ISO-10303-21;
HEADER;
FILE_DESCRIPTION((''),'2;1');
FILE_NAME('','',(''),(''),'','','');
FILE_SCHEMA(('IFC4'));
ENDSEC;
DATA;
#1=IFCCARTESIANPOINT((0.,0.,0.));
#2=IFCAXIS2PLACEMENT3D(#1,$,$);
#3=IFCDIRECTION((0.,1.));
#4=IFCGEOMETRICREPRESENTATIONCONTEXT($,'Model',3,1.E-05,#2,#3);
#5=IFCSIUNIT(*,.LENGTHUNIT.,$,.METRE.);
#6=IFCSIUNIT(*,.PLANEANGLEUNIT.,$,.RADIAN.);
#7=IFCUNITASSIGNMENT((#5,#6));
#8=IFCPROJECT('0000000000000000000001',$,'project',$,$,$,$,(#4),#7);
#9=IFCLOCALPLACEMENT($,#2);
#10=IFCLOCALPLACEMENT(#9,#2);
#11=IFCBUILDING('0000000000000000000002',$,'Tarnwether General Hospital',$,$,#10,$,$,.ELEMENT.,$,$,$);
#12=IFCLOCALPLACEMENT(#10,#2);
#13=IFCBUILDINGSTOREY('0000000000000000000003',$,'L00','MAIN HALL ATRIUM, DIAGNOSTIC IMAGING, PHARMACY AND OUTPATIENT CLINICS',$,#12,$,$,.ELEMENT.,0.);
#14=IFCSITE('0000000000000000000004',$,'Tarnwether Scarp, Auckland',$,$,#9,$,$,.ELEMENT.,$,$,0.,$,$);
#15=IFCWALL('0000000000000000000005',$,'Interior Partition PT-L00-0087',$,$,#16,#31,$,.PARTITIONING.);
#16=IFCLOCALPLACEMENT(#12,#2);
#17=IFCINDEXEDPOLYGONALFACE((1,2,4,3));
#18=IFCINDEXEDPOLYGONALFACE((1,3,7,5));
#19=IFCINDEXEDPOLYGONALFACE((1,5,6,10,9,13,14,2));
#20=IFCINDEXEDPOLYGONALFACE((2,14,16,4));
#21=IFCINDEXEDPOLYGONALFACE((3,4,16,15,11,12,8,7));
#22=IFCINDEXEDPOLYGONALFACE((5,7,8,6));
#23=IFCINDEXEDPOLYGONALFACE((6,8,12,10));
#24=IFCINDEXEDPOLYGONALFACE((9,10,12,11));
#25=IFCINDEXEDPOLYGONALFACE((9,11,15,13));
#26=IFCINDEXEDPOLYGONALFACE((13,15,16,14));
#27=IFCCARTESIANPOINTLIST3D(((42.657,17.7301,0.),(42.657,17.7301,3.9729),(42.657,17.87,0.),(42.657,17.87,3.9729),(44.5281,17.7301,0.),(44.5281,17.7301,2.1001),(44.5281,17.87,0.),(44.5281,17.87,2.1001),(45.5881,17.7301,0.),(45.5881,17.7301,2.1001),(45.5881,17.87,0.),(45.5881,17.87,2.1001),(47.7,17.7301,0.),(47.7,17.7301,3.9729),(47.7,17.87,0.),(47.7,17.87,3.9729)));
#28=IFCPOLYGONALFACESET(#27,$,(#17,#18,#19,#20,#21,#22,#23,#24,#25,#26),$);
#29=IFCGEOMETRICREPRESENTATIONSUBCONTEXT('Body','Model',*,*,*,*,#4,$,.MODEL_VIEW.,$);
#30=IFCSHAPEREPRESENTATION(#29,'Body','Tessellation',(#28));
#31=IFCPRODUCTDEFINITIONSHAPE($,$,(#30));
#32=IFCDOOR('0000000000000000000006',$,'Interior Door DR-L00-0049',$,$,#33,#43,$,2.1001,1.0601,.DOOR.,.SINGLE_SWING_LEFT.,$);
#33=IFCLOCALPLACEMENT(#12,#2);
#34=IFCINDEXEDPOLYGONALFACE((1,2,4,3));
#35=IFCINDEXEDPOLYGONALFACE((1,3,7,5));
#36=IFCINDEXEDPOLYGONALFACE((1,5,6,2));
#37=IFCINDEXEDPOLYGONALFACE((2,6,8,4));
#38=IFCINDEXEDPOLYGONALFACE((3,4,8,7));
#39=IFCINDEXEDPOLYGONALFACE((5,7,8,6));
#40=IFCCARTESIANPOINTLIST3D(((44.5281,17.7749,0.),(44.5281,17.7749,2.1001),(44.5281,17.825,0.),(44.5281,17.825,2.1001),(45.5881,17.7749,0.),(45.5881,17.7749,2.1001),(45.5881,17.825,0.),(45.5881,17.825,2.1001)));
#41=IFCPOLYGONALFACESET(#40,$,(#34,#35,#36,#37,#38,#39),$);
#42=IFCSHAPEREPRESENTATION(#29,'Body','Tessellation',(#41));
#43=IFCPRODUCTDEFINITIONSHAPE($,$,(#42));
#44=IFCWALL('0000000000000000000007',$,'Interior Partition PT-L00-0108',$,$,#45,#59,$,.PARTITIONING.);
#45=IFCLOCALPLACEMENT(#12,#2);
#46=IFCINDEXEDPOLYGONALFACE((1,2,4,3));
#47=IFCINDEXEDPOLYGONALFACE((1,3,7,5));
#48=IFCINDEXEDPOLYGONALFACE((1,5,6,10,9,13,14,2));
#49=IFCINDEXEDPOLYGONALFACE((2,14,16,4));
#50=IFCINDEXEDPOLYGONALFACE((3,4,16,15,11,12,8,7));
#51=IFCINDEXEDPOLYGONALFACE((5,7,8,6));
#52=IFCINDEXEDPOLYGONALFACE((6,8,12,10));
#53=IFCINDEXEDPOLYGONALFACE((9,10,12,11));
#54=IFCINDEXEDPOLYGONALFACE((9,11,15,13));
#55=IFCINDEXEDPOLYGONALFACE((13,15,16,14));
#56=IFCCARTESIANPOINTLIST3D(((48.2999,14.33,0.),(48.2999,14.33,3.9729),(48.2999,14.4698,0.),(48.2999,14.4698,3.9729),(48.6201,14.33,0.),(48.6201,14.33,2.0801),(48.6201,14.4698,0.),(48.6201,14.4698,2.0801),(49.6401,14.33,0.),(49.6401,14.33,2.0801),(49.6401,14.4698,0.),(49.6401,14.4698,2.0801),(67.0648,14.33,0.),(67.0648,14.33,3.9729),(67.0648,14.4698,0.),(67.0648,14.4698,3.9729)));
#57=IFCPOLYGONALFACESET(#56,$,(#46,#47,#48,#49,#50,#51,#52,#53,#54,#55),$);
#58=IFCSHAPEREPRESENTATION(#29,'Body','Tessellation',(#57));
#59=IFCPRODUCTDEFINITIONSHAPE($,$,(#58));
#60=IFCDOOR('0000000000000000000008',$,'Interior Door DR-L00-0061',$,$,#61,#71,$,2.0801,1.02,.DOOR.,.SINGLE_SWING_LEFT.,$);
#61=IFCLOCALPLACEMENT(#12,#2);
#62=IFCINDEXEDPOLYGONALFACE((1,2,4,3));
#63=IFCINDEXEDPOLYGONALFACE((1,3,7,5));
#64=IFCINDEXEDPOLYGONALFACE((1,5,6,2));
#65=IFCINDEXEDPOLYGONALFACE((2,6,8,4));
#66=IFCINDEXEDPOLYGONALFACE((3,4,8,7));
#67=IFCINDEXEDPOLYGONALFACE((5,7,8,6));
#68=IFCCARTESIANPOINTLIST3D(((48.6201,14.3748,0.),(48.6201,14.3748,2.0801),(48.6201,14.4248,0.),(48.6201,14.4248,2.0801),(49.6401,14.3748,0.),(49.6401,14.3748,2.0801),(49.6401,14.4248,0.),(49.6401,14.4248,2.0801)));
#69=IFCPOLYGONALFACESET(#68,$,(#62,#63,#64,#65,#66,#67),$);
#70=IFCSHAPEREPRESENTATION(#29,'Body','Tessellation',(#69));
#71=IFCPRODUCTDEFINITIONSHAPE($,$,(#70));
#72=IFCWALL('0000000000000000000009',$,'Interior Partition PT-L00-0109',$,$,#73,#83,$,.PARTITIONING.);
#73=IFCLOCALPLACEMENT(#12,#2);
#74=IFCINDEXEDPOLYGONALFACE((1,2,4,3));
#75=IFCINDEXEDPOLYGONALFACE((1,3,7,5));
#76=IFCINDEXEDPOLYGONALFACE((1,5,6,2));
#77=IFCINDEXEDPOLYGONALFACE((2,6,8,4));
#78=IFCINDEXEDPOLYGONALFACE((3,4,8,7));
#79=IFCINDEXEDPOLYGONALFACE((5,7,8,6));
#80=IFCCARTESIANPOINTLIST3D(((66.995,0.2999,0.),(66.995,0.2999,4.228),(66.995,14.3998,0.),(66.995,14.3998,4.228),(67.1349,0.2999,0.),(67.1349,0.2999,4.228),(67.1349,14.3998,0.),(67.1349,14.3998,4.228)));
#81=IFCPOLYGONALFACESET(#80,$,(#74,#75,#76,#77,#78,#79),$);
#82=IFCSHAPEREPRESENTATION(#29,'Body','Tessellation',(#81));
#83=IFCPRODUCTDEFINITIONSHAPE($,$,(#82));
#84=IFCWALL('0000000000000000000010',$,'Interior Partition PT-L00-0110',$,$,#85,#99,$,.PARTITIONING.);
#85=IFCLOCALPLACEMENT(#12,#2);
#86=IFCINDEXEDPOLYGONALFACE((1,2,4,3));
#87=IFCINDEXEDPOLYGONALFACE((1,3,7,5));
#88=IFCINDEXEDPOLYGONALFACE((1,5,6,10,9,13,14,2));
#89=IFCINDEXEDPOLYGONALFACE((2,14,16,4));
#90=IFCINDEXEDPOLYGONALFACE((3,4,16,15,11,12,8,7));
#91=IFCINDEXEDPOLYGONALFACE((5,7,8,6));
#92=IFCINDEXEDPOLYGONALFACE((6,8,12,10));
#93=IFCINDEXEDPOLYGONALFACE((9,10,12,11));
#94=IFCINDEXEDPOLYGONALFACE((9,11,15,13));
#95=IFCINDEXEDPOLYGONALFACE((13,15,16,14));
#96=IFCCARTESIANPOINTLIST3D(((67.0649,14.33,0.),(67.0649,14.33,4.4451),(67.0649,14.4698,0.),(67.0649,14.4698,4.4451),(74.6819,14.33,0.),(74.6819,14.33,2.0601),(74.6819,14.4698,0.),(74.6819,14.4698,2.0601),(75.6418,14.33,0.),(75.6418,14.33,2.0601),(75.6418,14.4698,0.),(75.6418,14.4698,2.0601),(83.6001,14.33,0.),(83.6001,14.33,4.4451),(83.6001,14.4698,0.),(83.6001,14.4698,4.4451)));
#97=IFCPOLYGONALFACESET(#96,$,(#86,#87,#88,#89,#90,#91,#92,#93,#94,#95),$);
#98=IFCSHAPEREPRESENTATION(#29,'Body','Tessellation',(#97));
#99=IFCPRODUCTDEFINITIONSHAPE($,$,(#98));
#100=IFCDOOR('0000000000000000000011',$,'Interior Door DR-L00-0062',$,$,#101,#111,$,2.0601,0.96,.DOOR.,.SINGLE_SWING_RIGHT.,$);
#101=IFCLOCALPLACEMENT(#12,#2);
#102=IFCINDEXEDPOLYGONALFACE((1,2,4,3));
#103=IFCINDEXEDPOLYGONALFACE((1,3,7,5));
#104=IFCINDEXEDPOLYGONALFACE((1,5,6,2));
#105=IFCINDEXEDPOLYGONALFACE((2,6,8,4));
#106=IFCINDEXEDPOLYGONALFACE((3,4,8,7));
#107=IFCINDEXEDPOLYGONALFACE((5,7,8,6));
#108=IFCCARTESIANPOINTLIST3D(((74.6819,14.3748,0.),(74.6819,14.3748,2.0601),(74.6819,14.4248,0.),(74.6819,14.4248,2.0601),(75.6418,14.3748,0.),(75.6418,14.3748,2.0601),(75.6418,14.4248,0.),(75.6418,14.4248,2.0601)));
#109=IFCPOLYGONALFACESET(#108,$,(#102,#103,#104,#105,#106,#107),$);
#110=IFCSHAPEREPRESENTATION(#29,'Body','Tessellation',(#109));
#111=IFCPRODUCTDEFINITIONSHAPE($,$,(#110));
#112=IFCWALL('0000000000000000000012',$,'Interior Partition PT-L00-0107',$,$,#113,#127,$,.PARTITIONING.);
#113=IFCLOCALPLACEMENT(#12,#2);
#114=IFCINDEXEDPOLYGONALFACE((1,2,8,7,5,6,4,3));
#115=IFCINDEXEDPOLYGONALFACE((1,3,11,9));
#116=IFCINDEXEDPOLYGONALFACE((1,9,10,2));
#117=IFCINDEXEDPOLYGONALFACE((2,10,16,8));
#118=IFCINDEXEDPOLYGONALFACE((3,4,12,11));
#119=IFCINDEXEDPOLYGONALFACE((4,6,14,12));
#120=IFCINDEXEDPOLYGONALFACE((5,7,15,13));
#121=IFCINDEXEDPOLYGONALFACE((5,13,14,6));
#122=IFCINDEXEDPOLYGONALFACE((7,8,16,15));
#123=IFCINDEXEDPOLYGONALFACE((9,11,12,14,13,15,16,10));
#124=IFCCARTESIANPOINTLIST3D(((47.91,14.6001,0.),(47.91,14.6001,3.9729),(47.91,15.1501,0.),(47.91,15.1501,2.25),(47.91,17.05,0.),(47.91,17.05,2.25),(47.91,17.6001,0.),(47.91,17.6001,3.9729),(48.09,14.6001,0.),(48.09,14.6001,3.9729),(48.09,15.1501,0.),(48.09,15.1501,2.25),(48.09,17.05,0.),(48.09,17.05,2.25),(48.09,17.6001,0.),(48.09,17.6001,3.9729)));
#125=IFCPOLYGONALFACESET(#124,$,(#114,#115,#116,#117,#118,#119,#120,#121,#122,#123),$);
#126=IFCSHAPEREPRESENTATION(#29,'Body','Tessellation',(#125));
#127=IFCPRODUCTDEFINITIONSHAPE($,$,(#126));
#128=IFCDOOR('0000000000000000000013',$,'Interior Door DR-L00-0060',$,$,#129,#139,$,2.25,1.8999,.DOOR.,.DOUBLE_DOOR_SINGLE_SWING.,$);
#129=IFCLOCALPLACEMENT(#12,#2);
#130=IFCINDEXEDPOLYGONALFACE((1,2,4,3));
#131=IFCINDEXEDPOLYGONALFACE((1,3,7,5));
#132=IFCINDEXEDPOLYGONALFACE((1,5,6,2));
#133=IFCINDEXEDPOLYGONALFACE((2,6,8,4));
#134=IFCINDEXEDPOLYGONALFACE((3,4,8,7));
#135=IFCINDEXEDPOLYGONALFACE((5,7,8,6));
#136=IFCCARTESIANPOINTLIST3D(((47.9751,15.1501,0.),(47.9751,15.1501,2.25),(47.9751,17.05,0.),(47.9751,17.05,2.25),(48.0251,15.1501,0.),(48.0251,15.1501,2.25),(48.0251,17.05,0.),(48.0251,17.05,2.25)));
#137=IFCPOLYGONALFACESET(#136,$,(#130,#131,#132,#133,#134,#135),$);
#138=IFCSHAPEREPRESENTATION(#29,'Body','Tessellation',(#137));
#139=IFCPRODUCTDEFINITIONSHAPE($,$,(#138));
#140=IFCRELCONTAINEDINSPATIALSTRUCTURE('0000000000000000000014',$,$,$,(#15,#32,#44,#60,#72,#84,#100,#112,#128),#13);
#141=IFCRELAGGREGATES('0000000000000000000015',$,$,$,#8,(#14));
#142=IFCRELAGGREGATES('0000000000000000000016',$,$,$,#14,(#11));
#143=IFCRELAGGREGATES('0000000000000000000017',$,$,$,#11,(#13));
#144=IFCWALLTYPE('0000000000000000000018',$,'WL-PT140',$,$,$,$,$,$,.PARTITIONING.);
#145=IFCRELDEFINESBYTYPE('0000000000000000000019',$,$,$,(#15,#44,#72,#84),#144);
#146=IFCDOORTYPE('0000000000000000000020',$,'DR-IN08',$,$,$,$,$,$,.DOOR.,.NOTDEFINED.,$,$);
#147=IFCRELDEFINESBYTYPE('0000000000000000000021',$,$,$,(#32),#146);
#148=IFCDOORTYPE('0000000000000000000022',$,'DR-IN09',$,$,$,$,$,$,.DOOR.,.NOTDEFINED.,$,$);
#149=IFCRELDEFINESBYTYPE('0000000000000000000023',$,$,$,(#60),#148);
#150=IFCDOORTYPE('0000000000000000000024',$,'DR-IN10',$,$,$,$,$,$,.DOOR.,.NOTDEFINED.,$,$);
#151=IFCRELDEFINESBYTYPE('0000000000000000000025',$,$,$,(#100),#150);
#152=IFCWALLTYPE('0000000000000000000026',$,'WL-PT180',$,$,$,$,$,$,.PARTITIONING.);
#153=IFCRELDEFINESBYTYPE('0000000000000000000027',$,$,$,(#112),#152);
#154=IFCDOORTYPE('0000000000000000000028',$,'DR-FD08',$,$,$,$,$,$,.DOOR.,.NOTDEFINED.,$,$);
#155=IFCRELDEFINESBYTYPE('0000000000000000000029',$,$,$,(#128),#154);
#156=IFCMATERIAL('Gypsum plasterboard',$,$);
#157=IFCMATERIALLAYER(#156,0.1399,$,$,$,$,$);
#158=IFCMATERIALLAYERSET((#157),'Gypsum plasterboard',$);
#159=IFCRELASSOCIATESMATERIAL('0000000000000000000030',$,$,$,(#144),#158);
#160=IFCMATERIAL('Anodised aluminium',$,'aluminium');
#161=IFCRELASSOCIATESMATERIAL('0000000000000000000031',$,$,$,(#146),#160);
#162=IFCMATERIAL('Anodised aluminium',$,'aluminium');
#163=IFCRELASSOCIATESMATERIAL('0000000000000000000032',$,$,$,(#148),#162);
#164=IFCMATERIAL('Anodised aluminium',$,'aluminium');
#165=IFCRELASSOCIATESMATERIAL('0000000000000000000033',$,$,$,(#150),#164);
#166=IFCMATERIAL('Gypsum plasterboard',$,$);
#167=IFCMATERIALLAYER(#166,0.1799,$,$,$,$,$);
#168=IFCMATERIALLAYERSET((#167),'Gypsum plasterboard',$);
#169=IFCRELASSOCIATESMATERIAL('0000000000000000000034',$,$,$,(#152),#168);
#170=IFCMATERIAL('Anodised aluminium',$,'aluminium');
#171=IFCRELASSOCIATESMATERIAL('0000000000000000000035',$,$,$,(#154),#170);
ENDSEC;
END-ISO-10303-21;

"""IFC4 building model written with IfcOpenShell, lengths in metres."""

from ifc_helpers import new_model, si_unit, direction, frame, frame_2d, origin, place, context, subcontext, project, spatial, rectangle, extrude, material, layer, layer_set, type_object, element, fill, save


model = new_model("IFC4")

# Units and contexts
model_context = context("Model", 3, precision=1e-05, world=origin(), true_north=direction((0.0, 1.0)))
body_context = subcontext(model_context, "Body", "Model", "MODEL_VIEW")
ifc_project = project(units=[si_unit("LENGTHUNIT", "METRE"), si_unit("PLANEANGLEUNIT", "RADIAN")], contexts=[model_context])

# Site, building, storey
site_placement = place(None, origin())
site = spatial("IfcSite", under=ifc_project, at=site_placement, Name="Tarnwether Scarp, Auckland", CompositionType="ELEMENT", RefElevation=0.0)
building_placement = place(site_placement, origin())
building = spatial("IfcBuilding", under=site, at=building_placement, Name="Tarnwether General Hospital", CompositionType="ELEMENT")
storey_placement = place(building_placement, origin())
storey = spatial("IfcBuildingStorey", under=building, at=storey_placement, Name="L00", Description="MAIN HALL ATRIUM, DIAGNOSTIC IMAGING, PHARMACY AND OUTPATIENT CLINICS", CompositionType="ELEMENT", Elevation=0.0)

# Shared definitions
ifc_material_1 = material(Name="Gypsum plasterboard")
ifc_layer_1 = layer(ifc_material_1, 0.1399)
ifc_layer_set_1 = layer_set([ifc_layer_1], Name="Gypsum plasterboard")
wall_type_1 = type_object("IfcWallType", Name="WL-PT140", PredefinedType="PARTITIONING", material=ifc_layer_set_1)

# Walls, openings, doors
wall_1_placement = place(storey_placement, frame((42.657, 17.8, 0.0), z_axis=(0.0, 0.0, 1.0), x_axis=(1.0, 0.0, 0.0)))
wall_1 = element("IfcWall", 1, at=wall_1_placement, inside=storey, type_object=wall_type_1, Name="Interior Partition PT-L00-0087", PredefinedType="PARTITIONING", context=body_context, shape_type="SweptSolid", body=[
    extrude(rectangle(XDim=5.043, YDim=0.1399, at=frame_2d((2.5215, 0.0))), origin(), (0.0, 0.0, 1.0), 3.9729),
])
opening_1_placement = place(wall_1_placement, frame((1.8711, 0.0, 0.0)))
opening_1 = element("IfcOpeningElement", 2, at=opening_1_placement, cuts=wall_1, PredefinedType="OPENING", context=body_context, shape_type="SweptSolid", body=[
    extrude(rectangle(XDim=1.0601, YDim=2.1001, at=frame_2d((0.53, 1.05))), frame((0.0, 0.0801, 0.0), z_axis=(0.0, -1.0, 0.0), x_axis=(1.0, 0.0, 0.0)), (0.0, 0.0, 1.0), 0.1599),
])
ifc_material_2 = material(Name="Anodised aluminium", Category="aluminium")
door_type_1 = type_object("IfcDoorType", Name="DR-IN08", OperationType="NOTDEFINED", PredefinedType="DOOR", material=ifc_material_2)
door_1_placement = place(opening_1_placement, origin())
door_1 = element("IfcDoor", 3, at=door_1_placement, inside=storey, type_object=door_type_1, Name="Interior Door DR-L00-0049", OperationType="SINGLE_SWING_LEFT", OverallHeight=2.1001, OverallWidth=1.0601, PredefinedType="DOOR", context=body_context, shape_type="SweptSolid", body=[
    extrude(rectangle(XDim=1.0601, YDim=2.1001, at=frame_2d((0.53, 1.05))), frame((0.0, 0.0249, 0.0), z_axis=(0.0, -1.0, 0.0), x_axis=(1.0, 0.0, 0.0)), (0.0, 0.0, 1.0), 0.05),
])
fill(opening_1, door_1)
wall_2_placement = place(storey_placement, frame((48.3, 14.3999, 0.0), z_axis=(0.0, 0.0, 1.0), x_axis=(1.0, 0.0, 0.0)))
wall_2 = element("IfcWall", 4, at=wall_2_placement, inside=storey, type_object=wall_type_1, Name="Interior Partition PT-L00-0108", PredefinedType="PARTITIONING", context=body_context, shape_type="SweptSolid", body=[
    extrude(rectangle(XDim=18.7649, YDim=0.1399, at=frame_2d((9.3823, 0.0))), origin(), (0.0, 0.0, 1.0), 3.9729),
])
opening_2_placement = place(wall_2_placement, frame((0.3201, 0.0, 0.0)))
opening_2 = element("IfcOpeningElement", 5, at=opening_2_placement, cuts=wall_2, PredefinedType="OPENING", context=body_context, shape_type="SweptSolid", body=[
    extrude(rectangle(XDim=1.02, YDim=2.0801, at=frame_2d((0.51, 1.04))), frame((0.0, 0.0801, 0.0), z_axis=(0.0, -1.0, 0.0), x_axis=(1.0, 0.0, 0.0)), (0.0, 0.0, 1.0), 0.1599),
])
ifc_material_3 = material(Name="Anodised aluminium", Category="aluminium")
door_type_2 = type_object("IfcDoorType", Name="DR-IN09", OperationType="NOTDEFINED", PredefinedType="DOOR", material=ifc_material_3)
door_2_placement = place(opening_2_placement, origin())
door_2 = element("IfcDoor", 6, at=door_2_placement, inside=storey, type_object=door_type_2, Name="Interior Door DR-L00-0061", OperationType="SINGLE_SWING_LEFT", OverallHeight=2.0801, OverallWidth=1.02, PredefinedType="DOOR", context=body_context, shape_type="SweptSolid", body=[
    extrude(rectangle(XDim=1.02, YDim=2.0801, at=frame_2d((0.51, 1.04))), frame((0.0, 0.0249, 0.0), z_axis=(0.0, -1.0, 0.0), x_axis=(1.0, 0.0, 0.0)), (0.0, 0.0, 1.0), 0.05),
])
fill(opening_2, door_2)

# Wall
wall_3_placement = place(storey_placement, frame((67.0649, 0.3, 0.0), z_axis=(0.0, 0.0, 1.0), x_axis=(0.0, 1.0, 0.0)))
element("IfcWall", 7, at=wall_3_placement, inside=storey, type_object=wall_type_1, Name="Interior Partition PT-L00-0109", PredefinedType="PARTITIONING", context=body_context, shape_type="SweptSolid", body=[
    extrude(rectangle(XDim=14.0999, YDim=0.1399, at=frame_2d((7.0498, 0.0))), origin(), (0.0, 0.0, 1.0), 4.228),
])

# Walls, openings, doors
wall_4_placement = place(storey_placement, frame((67.0649, 14.3999, 0.0), z_axis=(0.0, 0.0, 1.0), x_axis=(1.0, 0.0, 0.0)))
wall_4 = element("IfcWall", 8, at=wall_4_placement, inside=storey, type_object=wall_type_1, Name="Interior Partition PT-L00-0110", PredefinedType="PARTITIONING", context=body_context, shape_type="SweptSolid", body=[
    extrude(rectangle(XDim=16.5352, YDim=0.1399, at=frame_2d((8.2676, 0.0))), origin(), (0.0, 0.0, 1.0), 4.4451),
])
opening_3_placement = place(wall_4_placement, frame((7.6169, 0.0, 0.0)))
opening_3 = element("IfcOpeningElement", 9, at=opening_3_placement, cuts=wall_4, PredefinedType="OPENING", context=body_context, shape_type="SweptSolid", body=[
    extrude(rectangle(XDim=0.96, YDim=2.0601, at=frame_2d((0.48, 1.03))), frame((0.0, 0.0801, 0.0), z_axis=(0.0, -1.0, 0.0), x_axis=(1.0, 0.0, 0.0)), (0.0, 0.0, 1.0), 0.1599),
])
ifc_material_4 = material(Name="Anodised aluminium", Category="aluminium")
door_type_3 = type_object("IfcDoorType", Name="DR-IN10", OperationType="NOTDEFINED", PredefinedType="DOOR", material=ifc_material_4)
door_3_placement = place(opening_3_placement, origin())
door_3 = element("IfcDoor", 10, at=door_3_placement, inside=storey, type_object=door_type_3, Name="Interior Door DR-L00-0062", OperationType="SINGLE_SWING_RIGHT", OverallHeight=2.0601, OverallWidth=0.96, PredefinedType="DOOR", context=body_context, shape_type="SweptSolid", body=[
    extrude(rectangle(XDim=0.96, YDim=2.0601, at=frame_2d((0.48, 1.03))), frame((0.0, 0.0249, 0.0), z_axis=(0.0, -1.0, 0.0), x_axis=(1.0, 0.0, 0.0)), (0.0, 0.0, 1.0), 0.05),
])
fill(opening_3, door_3)
ifc_material_5 = material(Name="Gypsum plasterboard")
ifc_layer_2 = layer(ifc_material_5, 0.1799)
ifc_layer_set_2 = layer_set([ifc_layer_2], Name="Gypsum plasterboard")
wall_type_2 = type_object("IfcWallType", Name="WL-PT180", PredefinedType="PARTITIONING", material=ifc_layer_set_2)
wall_5_placement = place(storey_placement, frame((48.0, 14.6001, 0.0), z_axis=(0.0, 0.0, 1.0), x_axis=(0.0, 1.0, 0.0)))
wall_5 = element("IfcWall", 11, at=wall_5_placement, inside=storey, type_object=wall_type_2, Name="Interior Partition PT-L00-0107", PredefinedType="PARTITIONING", context=body_context, shape_type="SweptSolid", body=[
    extrude(rectangle(XDim=3.0, YDim=0.1799, at=frame_2d((1.5, 0.0))), origin(), (0.0, 0.0, 1.0), 3.9729),
])
opening_4_placement = place(wall_5_placement, frame((0.55, 0.0, 0.0)))
opening_4 = element("IfcOpeningElement", 12, at=opening_4_placement, cuts=wall_5, PredefinedType="OPENING", context=body_context, shape_type="SweptSolid", body=[
    extrude(rectangle(XDim=1.8999, YDim=2.25, at=frame_2d((0.95, 1.125))), frame((0.0, 0.1001, 0.0), z_axis=(0.0, -1.0, 0.0), x_axis=(1.0, 0.0, 0.0)), (0.0, 0.0, 1.0), 0.2),
])
ifc_material_6 = material(Name="Anodised aluminium", Category="aluminium")
door_type_4 = type_object("IfcDoorType", Name="DR-FD08", OperationType="NOTDEFINED", PredefinedType="DOOR", material=ifc_material_6)
door_4_placement = place(opening_4_placement, origin())
door_4 = element("IfcDoor", 13, at=door_4_placement, inside=storey, type_object=door_type_4, Name="Interior Door DR-L00-0060", OperationType="DOUBLE_DOOR_SINGLE_SWING", OverallHeight=2.25, OverallWidth=1.8999, PredefinedType="DOOR", context=body_context, shape_type="SweptSolid", body=[
    extrude(rectangle(XDim=1.8999, YDim=2.25, at=frame_2d((0.95, 1.125))), frame((0.0, 0.0249, 0.0), z_axis=(0.0, -1.0, 0.0), x_axis=(1.0, 0.0, 0.0)), (0.0, 0.0, 1.0), 0.05),
])
fill(opening_4, door_4)

save(model, "model.ifc")
